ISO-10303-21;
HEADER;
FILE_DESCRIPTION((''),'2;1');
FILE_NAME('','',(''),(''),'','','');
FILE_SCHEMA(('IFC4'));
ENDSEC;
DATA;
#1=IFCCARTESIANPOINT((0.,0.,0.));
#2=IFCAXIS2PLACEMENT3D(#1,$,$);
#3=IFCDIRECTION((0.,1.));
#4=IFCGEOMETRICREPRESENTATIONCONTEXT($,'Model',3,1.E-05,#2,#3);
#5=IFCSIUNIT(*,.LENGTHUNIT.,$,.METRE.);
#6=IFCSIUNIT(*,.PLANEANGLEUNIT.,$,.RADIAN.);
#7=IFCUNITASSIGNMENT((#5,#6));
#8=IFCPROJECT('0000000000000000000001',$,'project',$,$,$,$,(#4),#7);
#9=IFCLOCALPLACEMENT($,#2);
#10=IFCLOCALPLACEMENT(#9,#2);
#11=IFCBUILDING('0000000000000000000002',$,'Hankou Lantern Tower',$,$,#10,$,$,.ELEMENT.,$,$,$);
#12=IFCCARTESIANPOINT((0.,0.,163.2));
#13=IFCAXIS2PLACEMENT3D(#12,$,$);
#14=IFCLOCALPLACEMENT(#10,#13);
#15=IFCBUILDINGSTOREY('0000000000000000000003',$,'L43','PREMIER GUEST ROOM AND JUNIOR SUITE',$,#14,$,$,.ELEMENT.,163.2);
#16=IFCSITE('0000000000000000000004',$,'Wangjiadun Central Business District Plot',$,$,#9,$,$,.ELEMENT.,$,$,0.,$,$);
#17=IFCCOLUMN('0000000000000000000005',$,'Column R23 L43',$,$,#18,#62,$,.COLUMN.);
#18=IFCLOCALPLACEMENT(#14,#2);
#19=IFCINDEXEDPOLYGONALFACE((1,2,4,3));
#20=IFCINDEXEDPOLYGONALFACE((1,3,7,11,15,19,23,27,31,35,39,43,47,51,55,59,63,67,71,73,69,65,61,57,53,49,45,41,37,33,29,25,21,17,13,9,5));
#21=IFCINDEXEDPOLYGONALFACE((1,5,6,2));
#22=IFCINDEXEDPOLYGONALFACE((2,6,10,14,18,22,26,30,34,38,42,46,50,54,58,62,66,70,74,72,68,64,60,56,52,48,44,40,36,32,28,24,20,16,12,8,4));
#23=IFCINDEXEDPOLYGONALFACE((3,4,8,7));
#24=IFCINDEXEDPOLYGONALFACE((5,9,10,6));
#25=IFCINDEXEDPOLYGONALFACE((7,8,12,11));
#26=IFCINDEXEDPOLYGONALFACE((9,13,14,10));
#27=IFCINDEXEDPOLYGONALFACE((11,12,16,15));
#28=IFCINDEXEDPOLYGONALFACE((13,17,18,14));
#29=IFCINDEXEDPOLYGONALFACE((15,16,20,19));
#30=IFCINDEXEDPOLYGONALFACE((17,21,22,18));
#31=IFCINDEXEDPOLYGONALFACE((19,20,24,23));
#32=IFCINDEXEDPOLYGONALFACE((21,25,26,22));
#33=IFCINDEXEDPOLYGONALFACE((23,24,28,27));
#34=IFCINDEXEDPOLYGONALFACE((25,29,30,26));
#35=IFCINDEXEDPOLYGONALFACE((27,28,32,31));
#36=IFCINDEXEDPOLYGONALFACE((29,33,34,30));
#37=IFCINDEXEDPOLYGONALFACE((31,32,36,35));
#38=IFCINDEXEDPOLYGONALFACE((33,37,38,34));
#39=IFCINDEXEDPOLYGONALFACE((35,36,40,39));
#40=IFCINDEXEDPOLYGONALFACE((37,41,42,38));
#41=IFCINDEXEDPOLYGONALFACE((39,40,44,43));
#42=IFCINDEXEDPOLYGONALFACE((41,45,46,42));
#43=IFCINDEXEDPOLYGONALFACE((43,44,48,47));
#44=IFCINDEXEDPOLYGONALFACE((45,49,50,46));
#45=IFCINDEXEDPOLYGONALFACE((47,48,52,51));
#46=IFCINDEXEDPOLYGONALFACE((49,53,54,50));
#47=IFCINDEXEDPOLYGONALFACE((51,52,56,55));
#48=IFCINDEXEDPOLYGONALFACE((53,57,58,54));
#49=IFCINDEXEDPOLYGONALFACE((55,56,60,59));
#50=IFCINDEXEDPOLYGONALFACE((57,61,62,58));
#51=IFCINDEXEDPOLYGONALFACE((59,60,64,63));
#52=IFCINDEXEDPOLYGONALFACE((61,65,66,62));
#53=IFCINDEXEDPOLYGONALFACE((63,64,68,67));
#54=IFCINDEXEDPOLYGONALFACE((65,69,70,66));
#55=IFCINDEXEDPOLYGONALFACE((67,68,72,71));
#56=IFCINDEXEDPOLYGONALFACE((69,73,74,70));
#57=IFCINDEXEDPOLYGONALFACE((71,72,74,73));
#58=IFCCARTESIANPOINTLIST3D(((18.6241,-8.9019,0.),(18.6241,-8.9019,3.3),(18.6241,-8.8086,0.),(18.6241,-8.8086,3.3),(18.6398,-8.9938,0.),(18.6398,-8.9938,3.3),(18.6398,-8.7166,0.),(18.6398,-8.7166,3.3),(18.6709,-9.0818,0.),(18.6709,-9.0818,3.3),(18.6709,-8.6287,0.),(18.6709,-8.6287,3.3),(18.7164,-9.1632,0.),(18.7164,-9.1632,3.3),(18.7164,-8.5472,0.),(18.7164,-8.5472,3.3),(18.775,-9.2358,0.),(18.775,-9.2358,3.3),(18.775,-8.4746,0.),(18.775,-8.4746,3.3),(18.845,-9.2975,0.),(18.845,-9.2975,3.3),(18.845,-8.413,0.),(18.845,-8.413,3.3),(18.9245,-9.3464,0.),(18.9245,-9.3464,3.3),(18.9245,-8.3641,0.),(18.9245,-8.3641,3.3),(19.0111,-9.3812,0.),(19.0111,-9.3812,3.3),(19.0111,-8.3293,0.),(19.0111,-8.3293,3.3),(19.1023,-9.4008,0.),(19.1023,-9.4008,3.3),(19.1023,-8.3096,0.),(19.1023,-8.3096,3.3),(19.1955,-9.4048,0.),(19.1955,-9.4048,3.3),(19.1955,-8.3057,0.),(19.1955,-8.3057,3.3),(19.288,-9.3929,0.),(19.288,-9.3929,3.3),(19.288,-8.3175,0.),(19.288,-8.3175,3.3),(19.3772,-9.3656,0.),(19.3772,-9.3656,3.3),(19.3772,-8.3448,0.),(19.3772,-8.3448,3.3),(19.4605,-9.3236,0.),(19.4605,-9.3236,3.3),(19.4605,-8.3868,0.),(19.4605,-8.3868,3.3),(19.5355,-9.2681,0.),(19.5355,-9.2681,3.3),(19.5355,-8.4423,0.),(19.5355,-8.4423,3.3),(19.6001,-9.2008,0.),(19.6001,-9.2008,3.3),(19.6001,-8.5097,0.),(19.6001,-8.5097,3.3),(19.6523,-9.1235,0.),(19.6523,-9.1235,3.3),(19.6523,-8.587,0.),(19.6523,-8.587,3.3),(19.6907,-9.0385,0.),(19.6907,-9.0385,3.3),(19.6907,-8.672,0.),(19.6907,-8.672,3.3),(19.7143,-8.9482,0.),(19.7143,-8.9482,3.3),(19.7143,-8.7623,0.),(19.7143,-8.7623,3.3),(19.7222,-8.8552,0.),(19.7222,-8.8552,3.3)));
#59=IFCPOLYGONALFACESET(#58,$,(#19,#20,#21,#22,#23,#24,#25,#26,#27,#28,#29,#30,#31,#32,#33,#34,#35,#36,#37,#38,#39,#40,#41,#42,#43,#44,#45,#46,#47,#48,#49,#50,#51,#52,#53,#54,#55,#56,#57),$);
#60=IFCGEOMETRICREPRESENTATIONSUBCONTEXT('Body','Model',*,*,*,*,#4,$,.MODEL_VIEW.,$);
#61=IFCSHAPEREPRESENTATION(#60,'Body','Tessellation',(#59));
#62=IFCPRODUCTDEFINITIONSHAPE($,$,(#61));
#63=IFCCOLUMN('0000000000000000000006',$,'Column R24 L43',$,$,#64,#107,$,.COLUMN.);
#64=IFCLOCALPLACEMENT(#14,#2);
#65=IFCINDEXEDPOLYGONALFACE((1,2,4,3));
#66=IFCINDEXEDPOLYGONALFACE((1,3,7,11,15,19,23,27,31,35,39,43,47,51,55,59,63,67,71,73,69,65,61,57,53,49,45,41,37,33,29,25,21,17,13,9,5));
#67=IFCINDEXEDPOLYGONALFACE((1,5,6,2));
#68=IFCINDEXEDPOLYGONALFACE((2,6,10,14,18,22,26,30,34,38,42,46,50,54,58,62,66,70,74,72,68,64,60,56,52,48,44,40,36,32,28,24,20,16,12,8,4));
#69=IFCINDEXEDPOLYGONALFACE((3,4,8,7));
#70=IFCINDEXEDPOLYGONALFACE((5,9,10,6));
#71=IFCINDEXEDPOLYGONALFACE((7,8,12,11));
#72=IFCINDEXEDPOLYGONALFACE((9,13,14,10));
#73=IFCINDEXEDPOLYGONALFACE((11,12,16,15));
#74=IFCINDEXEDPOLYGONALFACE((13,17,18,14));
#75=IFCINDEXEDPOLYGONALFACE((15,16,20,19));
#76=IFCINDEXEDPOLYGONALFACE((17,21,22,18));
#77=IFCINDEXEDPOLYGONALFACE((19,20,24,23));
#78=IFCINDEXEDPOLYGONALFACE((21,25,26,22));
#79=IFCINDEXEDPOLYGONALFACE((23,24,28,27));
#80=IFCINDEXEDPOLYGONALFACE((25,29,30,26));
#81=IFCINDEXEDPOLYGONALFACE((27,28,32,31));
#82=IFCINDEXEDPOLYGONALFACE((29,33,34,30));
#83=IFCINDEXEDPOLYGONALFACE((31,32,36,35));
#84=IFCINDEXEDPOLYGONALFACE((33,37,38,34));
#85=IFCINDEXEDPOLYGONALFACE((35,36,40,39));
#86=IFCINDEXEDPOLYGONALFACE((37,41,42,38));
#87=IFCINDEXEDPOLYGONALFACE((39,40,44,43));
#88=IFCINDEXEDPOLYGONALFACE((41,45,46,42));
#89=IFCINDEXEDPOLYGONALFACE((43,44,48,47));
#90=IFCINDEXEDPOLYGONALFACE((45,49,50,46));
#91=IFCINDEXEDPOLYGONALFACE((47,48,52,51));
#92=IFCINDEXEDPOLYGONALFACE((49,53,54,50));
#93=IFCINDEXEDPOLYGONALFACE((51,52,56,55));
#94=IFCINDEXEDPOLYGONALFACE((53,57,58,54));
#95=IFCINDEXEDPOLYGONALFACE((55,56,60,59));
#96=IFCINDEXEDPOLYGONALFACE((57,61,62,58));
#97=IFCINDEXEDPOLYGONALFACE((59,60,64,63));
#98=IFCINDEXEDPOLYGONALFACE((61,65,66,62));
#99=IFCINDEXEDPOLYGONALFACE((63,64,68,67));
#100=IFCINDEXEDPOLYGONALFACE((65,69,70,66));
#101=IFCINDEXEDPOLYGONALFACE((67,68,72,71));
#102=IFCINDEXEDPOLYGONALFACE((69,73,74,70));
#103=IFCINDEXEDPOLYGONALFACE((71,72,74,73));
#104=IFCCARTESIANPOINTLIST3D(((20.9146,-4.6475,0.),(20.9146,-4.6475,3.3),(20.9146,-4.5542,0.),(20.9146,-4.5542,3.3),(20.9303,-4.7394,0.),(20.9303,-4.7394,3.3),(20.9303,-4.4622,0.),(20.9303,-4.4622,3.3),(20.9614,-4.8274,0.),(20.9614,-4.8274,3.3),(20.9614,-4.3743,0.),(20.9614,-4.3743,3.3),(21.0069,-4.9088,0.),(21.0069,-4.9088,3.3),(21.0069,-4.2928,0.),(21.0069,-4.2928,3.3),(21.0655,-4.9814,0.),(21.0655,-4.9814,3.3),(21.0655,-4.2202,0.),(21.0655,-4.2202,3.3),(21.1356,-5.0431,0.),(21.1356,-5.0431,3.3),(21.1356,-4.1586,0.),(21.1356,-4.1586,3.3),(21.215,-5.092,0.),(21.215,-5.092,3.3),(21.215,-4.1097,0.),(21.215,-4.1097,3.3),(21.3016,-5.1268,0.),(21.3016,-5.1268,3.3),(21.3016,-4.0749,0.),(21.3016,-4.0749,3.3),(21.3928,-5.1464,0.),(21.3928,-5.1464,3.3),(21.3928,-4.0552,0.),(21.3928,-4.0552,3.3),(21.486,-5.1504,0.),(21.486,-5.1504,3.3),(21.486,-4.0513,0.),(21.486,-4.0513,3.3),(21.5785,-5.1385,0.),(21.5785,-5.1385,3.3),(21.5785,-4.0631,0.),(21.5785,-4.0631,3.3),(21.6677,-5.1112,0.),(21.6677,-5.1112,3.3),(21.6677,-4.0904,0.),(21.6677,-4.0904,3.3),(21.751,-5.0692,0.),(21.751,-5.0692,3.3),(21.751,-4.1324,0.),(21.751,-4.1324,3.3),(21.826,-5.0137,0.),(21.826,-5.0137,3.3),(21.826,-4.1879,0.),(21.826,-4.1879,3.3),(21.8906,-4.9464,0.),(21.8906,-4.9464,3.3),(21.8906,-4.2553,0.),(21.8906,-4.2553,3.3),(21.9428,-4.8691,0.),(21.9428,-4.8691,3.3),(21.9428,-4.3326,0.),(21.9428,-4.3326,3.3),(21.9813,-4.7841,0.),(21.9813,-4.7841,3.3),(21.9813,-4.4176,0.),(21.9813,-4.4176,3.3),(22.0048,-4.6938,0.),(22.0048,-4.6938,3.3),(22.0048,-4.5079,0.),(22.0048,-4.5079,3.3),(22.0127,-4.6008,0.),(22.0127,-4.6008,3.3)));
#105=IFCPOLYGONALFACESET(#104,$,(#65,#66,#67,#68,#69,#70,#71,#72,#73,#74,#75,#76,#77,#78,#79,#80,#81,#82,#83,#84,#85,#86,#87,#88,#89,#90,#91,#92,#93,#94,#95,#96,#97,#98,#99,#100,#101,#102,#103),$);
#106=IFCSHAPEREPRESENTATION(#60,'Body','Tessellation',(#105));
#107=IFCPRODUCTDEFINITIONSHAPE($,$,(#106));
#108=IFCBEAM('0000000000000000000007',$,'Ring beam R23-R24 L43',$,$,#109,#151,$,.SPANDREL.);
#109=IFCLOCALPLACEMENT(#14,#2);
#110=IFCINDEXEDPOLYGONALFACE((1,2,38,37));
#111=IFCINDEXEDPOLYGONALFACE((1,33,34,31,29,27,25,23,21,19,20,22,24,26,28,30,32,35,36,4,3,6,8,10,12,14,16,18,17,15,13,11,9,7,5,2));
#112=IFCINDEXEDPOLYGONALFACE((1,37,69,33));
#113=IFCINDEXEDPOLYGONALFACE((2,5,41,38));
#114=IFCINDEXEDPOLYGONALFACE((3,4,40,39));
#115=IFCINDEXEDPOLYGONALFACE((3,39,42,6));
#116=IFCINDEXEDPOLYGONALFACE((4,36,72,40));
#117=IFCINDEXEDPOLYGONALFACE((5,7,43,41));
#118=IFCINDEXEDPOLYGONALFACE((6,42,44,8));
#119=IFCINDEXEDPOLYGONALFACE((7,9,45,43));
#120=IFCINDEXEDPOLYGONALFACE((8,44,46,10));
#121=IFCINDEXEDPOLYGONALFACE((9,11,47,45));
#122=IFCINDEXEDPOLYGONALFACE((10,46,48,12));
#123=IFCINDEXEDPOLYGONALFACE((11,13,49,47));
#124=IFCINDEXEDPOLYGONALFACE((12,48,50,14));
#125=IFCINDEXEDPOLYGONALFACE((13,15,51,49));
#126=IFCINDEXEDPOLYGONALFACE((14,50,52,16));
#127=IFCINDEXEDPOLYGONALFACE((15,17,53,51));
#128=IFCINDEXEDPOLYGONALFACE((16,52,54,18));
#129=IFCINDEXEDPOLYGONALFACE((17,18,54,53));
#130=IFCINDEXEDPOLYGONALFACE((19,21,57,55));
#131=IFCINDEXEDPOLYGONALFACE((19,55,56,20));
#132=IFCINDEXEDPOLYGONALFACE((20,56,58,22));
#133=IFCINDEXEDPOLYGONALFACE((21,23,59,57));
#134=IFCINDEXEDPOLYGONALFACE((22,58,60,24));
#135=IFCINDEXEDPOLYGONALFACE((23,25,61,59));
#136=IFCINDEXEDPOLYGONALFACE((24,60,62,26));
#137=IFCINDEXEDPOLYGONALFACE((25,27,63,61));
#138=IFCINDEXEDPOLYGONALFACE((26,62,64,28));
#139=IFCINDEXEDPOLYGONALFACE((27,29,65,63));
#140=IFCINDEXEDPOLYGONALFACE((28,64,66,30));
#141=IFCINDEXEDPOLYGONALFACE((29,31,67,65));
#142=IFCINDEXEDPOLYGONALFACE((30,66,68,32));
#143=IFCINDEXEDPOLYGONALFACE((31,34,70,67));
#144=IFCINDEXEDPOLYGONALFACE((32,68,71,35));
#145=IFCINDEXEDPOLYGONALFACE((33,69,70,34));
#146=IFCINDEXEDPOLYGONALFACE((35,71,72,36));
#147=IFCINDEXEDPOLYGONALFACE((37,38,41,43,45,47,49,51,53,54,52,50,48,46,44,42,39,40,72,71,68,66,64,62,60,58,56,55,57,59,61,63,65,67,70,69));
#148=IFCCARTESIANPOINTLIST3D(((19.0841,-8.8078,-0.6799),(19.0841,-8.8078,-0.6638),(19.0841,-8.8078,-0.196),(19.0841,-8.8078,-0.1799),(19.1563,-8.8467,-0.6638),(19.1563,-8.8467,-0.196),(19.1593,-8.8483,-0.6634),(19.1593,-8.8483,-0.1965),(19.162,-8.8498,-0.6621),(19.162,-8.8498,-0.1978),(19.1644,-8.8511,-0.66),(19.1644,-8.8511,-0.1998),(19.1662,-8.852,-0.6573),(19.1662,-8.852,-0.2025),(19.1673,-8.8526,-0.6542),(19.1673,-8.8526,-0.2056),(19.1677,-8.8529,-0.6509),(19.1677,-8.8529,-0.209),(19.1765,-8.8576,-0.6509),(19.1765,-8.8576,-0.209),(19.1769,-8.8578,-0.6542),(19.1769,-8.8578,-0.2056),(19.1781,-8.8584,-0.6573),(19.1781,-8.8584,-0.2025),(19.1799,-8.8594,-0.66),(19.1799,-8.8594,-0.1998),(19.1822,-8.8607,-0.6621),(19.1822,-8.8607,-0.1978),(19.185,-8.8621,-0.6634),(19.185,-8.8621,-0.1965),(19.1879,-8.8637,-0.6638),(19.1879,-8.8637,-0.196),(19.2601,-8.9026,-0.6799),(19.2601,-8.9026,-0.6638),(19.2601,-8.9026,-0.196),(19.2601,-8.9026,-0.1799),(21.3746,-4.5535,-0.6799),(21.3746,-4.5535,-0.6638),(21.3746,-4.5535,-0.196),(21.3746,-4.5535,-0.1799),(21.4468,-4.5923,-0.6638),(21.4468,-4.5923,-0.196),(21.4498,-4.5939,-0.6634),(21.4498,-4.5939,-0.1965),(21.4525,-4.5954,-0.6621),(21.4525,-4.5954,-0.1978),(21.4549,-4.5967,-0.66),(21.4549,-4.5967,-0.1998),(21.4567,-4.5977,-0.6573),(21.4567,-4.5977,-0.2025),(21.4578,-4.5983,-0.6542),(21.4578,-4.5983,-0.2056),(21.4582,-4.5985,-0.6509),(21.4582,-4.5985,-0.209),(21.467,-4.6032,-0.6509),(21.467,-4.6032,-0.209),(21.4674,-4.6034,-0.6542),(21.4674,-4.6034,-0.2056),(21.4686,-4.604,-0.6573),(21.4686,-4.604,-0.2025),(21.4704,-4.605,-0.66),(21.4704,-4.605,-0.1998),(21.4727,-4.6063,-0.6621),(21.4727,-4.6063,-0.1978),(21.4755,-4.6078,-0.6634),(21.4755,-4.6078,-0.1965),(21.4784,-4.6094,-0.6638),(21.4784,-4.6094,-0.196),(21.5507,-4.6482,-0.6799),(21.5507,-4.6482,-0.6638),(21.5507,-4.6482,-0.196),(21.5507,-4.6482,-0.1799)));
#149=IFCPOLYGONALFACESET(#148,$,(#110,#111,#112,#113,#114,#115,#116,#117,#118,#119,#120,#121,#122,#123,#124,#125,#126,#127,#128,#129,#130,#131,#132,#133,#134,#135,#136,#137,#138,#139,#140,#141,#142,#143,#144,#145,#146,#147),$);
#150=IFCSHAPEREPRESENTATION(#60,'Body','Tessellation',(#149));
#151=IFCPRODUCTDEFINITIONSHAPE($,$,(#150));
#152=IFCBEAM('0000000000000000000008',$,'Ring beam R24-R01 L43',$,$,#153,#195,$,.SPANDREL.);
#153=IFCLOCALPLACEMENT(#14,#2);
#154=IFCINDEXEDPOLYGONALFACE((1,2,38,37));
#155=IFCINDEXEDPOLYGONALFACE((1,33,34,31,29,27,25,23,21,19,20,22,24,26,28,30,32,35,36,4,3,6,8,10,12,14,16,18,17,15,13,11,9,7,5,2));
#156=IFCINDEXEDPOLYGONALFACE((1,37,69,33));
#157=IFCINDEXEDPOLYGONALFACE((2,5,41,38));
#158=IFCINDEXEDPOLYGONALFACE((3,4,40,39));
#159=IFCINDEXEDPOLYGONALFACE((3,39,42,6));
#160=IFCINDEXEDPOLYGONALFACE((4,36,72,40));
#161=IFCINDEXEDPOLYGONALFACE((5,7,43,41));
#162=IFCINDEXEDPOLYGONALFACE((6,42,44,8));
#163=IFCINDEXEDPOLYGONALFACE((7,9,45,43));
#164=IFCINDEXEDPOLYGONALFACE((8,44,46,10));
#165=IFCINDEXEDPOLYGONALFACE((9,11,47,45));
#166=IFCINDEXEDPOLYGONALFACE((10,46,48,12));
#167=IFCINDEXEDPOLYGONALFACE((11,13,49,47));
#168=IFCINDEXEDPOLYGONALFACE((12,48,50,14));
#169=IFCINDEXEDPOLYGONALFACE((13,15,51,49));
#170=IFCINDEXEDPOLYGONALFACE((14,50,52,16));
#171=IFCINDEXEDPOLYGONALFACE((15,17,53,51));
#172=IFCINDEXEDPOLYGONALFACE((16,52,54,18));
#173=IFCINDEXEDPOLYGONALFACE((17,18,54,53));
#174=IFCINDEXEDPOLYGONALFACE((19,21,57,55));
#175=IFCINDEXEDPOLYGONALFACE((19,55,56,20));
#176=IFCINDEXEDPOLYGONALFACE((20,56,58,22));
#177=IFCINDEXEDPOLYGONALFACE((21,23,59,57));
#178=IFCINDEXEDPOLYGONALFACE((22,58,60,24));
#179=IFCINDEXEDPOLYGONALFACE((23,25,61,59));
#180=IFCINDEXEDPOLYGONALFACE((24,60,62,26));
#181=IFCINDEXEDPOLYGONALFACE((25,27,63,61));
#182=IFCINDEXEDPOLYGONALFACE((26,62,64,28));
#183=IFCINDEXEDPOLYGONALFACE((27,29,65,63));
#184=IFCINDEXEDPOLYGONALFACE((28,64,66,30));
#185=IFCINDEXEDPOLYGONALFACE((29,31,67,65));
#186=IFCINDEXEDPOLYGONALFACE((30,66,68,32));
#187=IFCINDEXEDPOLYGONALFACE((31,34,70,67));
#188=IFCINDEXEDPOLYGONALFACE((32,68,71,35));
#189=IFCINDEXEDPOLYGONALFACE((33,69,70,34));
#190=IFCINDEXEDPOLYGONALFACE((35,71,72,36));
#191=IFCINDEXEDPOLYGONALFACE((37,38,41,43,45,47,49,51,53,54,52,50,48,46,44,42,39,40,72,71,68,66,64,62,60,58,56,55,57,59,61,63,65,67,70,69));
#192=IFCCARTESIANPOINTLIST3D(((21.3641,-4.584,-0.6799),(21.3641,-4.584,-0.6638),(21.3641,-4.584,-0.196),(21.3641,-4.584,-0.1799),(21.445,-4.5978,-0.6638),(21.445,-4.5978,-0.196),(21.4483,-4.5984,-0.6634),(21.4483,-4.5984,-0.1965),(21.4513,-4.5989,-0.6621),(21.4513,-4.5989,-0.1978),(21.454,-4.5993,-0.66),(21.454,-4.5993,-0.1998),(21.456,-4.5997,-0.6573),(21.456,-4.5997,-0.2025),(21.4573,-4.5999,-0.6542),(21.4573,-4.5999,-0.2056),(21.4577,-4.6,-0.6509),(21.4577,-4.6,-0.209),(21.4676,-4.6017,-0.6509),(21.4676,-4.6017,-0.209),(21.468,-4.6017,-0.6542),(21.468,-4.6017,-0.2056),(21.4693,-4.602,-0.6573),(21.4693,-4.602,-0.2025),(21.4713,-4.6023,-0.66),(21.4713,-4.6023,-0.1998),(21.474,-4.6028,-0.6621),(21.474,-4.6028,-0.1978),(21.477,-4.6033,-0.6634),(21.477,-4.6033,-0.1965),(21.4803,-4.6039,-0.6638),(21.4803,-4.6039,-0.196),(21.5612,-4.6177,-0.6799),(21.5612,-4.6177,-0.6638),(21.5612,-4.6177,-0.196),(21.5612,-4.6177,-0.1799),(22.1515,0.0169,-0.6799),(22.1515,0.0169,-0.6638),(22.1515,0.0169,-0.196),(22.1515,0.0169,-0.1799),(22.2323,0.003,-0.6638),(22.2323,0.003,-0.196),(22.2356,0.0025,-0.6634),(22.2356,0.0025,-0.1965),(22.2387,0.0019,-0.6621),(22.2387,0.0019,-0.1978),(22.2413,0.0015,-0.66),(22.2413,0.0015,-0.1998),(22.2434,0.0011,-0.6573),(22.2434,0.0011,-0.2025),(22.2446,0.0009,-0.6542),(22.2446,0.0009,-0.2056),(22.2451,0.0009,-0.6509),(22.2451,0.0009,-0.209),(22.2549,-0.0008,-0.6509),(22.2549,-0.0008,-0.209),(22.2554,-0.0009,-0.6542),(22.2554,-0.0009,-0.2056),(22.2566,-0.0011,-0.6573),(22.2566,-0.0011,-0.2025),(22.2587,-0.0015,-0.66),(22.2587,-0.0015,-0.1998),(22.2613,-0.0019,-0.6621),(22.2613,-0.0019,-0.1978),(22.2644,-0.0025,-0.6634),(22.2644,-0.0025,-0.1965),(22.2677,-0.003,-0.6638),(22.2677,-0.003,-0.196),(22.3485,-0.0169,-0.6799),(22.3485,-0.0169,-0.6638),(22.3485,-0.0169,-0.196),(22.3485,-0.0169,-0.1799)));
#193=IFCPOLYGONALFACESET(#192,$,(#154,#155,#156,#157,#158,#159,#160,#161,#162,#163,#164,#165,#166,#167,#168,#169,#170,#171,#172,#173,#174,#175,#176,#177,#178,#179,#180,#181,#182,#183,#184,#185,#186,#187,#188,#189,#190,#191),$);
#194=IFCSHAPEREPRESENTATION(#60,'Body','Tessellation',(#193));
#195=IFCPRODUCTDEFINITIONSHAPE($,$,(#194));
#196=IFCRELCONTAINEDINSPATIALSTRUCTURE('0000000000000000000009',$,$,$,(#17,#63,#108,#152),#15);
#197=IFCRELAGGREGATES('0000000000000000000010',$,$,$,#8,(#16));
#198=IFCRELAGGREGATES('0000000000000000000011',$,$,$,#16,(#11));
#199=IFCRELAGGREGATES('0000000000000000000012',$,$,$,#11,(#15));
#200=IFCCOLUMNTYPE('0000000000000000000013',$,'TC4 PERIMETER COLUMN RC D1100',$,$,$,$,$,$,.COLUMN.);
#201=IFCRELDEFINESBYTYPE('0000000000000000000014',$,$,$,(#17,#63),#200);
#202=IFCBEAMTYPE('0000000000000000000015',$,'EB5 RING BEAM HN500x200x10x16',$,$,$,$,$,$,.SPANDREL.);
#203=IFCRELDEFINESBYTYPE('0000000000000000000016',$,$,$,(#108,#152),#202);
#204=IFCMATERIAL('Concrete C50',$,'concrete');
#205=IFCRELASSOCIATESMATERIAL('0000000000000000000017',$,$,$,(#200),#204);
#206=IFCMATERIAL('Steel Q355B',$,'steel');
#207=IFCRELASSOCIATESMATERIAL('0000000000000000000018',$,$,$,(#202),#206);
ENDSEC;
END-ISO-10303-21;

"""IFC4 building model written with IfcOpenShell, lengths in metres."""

from ifc_helpers import new_model, si_unit, direction, frame, origin, origin_2d, place, context, subcontext, project, spatial, circle, i_section, extrude, material, material_profile, profile_set, type_object, element, save


model = new_model("IFC4")

# Units and contexts
model_context = context("Model", 3, precision=1e-05, world=origin(), true_north=direction((0.0, 1.0)))
body_context = subcontext(model_context, "Body", "Model", "MODEL_VIEW")
ifc_project = project(units=[si_unit("LENGTHUNIT", "METRE"), si_unit("PLANEANGLEUNIT", "RADIAN")], contexts=[model_context])

# Site, building, storey
site_placement = place(None, origin())
site = spatial("IfcSite", under=ifc_project, at=site_placement, Name="Wangjiadun Central Business District Plot", CompositionType="ELEMENT", RefElevation=0.0)
building_placement = place(site_placement, origin())
building = spatial("IfcBuilding", under=site, at=building_placement, Name="Hankou Lantern Tower", CompositionType="ELEMENT")
storey_placement = place(building_placement, frame((0.0, 0.0, 163.2)))
storey = spatial("IfcBuildingStorey", under=building, at=storey_placement, Name="L43", Description="PREMIER GUEST ROOM AND JUNIOR SUITE", CompositionType="ELEMENT", Elevation=163.2)

# Columns
ifc_material_1 = material(Name="Concrete C50", Category="concrete")
ifc_material_profile_1 = material_profile(ifc_material_1, circle(Radius=0.55, at=origin_2d()), Name="RC D1100")
ifc_profile_set_1 = profile_set([ifc_material_profile_1], Name="Concrete C50")
column_type = type_object("IfcColumnType", Name="TC4 PERIMETER COLUMN RC D1100", PredefinedType="COLUMN", material=ifc_profile_set_1)
for number, where, z_axis, x_axis, name in (
    (1, (19.1721, -8.8552, 0.0), (0.0, 0.0, 1.0), (1.0, 0.0, 0.0), "Column R23 L43"),
    (2, (21.4626, -4.6008, 0.0), (0.0, 0.0, 1.0), (1.0, 0.0, 0.0), "Column R24 L43"),
):
    element("IfcColumn", number, at=place(storey_placement, frame(where, z_axis=z_axis, x_axis=x_axis)), inside=storey, type_object=column_type, Name=name, PredefinedType="COLUMN", context=body_context, shape_type="SweptSolid", body=[
        extrude(circle(Radius=0.55, at=origin_2d()), origin(), (0.0, 0.0, 1.0), 3.3),
    ])

# Beams
ifc_material_2 = material(Name="Steel Q355B", Category="steel")
ifc_material_profile_2 = material_profile(ifc_material_2, i_section(OverallWidth=0.2, OverallDepth=0.5, WebThickness=0.01, FlangeThickness=0.0161, FilletRadius=0.0129, at=origin_2d()), Name="HN500x200x10x16")
ifc_profile_set_2 = profile_set([ifc_material_profile_2], Name="Steel Q355B")
beam_type_1 = type_object("IfcBeamType", Name="EB5 RING BEAM HN500x200x10x16", PredefinedType="SPANDREL", material=ifc_profile_set_2)
beam_1_placement = place(storey_placement, frame((19.1721, -8.8552, -0.4299), z_axis=(0.474052, 0.880497, 0.0), x_axis=(-0.880497, 0.474052, 0.0)))
element("IfcBeam", 3, at=beam_1_placement, inside=storey, type_object=beam_type_1, Name="Ring beam R23-R24 L43", PredefinedType="SPANDREL", context=body_context, shape_type="SweptSolid", body=[
    extrude(i_section(OverallWidth=0.2, OverallDepth=0.5, WebThickness=0.01, FlangeThickness=0.0161, FilletRadius=0.0129, at=origin_2d()), origin(), (0.0, 0.0, 1.0), 4.8318),
])
beam_2_placement = place(storey_placement, frame((21.4626, -4.6008, -0.4299), z_axis=(0.168681, 0.985671, 0.0), x_axis=(-0.985671, 0.168681, 0.0)))
element("IfcBeam", 4, at=beam_2_placement, inside=storey, type_object=beam_type_1, Name="Ring beam R24-R01 L43", PredefinedType="SPANDREL", context=body_context, shape_type="SweptSolid", body=[
    extrude(i_section(OverallWidth=0.2, OverallDepth=0.5, WebThickness=0.01, FlangeThickness=0.0161, FilletRadius=0.0129, at=origin_2d()), origin(), (0.0, 0.0, 1.0), 4.6677),
])

save(model, "model.ifc")
